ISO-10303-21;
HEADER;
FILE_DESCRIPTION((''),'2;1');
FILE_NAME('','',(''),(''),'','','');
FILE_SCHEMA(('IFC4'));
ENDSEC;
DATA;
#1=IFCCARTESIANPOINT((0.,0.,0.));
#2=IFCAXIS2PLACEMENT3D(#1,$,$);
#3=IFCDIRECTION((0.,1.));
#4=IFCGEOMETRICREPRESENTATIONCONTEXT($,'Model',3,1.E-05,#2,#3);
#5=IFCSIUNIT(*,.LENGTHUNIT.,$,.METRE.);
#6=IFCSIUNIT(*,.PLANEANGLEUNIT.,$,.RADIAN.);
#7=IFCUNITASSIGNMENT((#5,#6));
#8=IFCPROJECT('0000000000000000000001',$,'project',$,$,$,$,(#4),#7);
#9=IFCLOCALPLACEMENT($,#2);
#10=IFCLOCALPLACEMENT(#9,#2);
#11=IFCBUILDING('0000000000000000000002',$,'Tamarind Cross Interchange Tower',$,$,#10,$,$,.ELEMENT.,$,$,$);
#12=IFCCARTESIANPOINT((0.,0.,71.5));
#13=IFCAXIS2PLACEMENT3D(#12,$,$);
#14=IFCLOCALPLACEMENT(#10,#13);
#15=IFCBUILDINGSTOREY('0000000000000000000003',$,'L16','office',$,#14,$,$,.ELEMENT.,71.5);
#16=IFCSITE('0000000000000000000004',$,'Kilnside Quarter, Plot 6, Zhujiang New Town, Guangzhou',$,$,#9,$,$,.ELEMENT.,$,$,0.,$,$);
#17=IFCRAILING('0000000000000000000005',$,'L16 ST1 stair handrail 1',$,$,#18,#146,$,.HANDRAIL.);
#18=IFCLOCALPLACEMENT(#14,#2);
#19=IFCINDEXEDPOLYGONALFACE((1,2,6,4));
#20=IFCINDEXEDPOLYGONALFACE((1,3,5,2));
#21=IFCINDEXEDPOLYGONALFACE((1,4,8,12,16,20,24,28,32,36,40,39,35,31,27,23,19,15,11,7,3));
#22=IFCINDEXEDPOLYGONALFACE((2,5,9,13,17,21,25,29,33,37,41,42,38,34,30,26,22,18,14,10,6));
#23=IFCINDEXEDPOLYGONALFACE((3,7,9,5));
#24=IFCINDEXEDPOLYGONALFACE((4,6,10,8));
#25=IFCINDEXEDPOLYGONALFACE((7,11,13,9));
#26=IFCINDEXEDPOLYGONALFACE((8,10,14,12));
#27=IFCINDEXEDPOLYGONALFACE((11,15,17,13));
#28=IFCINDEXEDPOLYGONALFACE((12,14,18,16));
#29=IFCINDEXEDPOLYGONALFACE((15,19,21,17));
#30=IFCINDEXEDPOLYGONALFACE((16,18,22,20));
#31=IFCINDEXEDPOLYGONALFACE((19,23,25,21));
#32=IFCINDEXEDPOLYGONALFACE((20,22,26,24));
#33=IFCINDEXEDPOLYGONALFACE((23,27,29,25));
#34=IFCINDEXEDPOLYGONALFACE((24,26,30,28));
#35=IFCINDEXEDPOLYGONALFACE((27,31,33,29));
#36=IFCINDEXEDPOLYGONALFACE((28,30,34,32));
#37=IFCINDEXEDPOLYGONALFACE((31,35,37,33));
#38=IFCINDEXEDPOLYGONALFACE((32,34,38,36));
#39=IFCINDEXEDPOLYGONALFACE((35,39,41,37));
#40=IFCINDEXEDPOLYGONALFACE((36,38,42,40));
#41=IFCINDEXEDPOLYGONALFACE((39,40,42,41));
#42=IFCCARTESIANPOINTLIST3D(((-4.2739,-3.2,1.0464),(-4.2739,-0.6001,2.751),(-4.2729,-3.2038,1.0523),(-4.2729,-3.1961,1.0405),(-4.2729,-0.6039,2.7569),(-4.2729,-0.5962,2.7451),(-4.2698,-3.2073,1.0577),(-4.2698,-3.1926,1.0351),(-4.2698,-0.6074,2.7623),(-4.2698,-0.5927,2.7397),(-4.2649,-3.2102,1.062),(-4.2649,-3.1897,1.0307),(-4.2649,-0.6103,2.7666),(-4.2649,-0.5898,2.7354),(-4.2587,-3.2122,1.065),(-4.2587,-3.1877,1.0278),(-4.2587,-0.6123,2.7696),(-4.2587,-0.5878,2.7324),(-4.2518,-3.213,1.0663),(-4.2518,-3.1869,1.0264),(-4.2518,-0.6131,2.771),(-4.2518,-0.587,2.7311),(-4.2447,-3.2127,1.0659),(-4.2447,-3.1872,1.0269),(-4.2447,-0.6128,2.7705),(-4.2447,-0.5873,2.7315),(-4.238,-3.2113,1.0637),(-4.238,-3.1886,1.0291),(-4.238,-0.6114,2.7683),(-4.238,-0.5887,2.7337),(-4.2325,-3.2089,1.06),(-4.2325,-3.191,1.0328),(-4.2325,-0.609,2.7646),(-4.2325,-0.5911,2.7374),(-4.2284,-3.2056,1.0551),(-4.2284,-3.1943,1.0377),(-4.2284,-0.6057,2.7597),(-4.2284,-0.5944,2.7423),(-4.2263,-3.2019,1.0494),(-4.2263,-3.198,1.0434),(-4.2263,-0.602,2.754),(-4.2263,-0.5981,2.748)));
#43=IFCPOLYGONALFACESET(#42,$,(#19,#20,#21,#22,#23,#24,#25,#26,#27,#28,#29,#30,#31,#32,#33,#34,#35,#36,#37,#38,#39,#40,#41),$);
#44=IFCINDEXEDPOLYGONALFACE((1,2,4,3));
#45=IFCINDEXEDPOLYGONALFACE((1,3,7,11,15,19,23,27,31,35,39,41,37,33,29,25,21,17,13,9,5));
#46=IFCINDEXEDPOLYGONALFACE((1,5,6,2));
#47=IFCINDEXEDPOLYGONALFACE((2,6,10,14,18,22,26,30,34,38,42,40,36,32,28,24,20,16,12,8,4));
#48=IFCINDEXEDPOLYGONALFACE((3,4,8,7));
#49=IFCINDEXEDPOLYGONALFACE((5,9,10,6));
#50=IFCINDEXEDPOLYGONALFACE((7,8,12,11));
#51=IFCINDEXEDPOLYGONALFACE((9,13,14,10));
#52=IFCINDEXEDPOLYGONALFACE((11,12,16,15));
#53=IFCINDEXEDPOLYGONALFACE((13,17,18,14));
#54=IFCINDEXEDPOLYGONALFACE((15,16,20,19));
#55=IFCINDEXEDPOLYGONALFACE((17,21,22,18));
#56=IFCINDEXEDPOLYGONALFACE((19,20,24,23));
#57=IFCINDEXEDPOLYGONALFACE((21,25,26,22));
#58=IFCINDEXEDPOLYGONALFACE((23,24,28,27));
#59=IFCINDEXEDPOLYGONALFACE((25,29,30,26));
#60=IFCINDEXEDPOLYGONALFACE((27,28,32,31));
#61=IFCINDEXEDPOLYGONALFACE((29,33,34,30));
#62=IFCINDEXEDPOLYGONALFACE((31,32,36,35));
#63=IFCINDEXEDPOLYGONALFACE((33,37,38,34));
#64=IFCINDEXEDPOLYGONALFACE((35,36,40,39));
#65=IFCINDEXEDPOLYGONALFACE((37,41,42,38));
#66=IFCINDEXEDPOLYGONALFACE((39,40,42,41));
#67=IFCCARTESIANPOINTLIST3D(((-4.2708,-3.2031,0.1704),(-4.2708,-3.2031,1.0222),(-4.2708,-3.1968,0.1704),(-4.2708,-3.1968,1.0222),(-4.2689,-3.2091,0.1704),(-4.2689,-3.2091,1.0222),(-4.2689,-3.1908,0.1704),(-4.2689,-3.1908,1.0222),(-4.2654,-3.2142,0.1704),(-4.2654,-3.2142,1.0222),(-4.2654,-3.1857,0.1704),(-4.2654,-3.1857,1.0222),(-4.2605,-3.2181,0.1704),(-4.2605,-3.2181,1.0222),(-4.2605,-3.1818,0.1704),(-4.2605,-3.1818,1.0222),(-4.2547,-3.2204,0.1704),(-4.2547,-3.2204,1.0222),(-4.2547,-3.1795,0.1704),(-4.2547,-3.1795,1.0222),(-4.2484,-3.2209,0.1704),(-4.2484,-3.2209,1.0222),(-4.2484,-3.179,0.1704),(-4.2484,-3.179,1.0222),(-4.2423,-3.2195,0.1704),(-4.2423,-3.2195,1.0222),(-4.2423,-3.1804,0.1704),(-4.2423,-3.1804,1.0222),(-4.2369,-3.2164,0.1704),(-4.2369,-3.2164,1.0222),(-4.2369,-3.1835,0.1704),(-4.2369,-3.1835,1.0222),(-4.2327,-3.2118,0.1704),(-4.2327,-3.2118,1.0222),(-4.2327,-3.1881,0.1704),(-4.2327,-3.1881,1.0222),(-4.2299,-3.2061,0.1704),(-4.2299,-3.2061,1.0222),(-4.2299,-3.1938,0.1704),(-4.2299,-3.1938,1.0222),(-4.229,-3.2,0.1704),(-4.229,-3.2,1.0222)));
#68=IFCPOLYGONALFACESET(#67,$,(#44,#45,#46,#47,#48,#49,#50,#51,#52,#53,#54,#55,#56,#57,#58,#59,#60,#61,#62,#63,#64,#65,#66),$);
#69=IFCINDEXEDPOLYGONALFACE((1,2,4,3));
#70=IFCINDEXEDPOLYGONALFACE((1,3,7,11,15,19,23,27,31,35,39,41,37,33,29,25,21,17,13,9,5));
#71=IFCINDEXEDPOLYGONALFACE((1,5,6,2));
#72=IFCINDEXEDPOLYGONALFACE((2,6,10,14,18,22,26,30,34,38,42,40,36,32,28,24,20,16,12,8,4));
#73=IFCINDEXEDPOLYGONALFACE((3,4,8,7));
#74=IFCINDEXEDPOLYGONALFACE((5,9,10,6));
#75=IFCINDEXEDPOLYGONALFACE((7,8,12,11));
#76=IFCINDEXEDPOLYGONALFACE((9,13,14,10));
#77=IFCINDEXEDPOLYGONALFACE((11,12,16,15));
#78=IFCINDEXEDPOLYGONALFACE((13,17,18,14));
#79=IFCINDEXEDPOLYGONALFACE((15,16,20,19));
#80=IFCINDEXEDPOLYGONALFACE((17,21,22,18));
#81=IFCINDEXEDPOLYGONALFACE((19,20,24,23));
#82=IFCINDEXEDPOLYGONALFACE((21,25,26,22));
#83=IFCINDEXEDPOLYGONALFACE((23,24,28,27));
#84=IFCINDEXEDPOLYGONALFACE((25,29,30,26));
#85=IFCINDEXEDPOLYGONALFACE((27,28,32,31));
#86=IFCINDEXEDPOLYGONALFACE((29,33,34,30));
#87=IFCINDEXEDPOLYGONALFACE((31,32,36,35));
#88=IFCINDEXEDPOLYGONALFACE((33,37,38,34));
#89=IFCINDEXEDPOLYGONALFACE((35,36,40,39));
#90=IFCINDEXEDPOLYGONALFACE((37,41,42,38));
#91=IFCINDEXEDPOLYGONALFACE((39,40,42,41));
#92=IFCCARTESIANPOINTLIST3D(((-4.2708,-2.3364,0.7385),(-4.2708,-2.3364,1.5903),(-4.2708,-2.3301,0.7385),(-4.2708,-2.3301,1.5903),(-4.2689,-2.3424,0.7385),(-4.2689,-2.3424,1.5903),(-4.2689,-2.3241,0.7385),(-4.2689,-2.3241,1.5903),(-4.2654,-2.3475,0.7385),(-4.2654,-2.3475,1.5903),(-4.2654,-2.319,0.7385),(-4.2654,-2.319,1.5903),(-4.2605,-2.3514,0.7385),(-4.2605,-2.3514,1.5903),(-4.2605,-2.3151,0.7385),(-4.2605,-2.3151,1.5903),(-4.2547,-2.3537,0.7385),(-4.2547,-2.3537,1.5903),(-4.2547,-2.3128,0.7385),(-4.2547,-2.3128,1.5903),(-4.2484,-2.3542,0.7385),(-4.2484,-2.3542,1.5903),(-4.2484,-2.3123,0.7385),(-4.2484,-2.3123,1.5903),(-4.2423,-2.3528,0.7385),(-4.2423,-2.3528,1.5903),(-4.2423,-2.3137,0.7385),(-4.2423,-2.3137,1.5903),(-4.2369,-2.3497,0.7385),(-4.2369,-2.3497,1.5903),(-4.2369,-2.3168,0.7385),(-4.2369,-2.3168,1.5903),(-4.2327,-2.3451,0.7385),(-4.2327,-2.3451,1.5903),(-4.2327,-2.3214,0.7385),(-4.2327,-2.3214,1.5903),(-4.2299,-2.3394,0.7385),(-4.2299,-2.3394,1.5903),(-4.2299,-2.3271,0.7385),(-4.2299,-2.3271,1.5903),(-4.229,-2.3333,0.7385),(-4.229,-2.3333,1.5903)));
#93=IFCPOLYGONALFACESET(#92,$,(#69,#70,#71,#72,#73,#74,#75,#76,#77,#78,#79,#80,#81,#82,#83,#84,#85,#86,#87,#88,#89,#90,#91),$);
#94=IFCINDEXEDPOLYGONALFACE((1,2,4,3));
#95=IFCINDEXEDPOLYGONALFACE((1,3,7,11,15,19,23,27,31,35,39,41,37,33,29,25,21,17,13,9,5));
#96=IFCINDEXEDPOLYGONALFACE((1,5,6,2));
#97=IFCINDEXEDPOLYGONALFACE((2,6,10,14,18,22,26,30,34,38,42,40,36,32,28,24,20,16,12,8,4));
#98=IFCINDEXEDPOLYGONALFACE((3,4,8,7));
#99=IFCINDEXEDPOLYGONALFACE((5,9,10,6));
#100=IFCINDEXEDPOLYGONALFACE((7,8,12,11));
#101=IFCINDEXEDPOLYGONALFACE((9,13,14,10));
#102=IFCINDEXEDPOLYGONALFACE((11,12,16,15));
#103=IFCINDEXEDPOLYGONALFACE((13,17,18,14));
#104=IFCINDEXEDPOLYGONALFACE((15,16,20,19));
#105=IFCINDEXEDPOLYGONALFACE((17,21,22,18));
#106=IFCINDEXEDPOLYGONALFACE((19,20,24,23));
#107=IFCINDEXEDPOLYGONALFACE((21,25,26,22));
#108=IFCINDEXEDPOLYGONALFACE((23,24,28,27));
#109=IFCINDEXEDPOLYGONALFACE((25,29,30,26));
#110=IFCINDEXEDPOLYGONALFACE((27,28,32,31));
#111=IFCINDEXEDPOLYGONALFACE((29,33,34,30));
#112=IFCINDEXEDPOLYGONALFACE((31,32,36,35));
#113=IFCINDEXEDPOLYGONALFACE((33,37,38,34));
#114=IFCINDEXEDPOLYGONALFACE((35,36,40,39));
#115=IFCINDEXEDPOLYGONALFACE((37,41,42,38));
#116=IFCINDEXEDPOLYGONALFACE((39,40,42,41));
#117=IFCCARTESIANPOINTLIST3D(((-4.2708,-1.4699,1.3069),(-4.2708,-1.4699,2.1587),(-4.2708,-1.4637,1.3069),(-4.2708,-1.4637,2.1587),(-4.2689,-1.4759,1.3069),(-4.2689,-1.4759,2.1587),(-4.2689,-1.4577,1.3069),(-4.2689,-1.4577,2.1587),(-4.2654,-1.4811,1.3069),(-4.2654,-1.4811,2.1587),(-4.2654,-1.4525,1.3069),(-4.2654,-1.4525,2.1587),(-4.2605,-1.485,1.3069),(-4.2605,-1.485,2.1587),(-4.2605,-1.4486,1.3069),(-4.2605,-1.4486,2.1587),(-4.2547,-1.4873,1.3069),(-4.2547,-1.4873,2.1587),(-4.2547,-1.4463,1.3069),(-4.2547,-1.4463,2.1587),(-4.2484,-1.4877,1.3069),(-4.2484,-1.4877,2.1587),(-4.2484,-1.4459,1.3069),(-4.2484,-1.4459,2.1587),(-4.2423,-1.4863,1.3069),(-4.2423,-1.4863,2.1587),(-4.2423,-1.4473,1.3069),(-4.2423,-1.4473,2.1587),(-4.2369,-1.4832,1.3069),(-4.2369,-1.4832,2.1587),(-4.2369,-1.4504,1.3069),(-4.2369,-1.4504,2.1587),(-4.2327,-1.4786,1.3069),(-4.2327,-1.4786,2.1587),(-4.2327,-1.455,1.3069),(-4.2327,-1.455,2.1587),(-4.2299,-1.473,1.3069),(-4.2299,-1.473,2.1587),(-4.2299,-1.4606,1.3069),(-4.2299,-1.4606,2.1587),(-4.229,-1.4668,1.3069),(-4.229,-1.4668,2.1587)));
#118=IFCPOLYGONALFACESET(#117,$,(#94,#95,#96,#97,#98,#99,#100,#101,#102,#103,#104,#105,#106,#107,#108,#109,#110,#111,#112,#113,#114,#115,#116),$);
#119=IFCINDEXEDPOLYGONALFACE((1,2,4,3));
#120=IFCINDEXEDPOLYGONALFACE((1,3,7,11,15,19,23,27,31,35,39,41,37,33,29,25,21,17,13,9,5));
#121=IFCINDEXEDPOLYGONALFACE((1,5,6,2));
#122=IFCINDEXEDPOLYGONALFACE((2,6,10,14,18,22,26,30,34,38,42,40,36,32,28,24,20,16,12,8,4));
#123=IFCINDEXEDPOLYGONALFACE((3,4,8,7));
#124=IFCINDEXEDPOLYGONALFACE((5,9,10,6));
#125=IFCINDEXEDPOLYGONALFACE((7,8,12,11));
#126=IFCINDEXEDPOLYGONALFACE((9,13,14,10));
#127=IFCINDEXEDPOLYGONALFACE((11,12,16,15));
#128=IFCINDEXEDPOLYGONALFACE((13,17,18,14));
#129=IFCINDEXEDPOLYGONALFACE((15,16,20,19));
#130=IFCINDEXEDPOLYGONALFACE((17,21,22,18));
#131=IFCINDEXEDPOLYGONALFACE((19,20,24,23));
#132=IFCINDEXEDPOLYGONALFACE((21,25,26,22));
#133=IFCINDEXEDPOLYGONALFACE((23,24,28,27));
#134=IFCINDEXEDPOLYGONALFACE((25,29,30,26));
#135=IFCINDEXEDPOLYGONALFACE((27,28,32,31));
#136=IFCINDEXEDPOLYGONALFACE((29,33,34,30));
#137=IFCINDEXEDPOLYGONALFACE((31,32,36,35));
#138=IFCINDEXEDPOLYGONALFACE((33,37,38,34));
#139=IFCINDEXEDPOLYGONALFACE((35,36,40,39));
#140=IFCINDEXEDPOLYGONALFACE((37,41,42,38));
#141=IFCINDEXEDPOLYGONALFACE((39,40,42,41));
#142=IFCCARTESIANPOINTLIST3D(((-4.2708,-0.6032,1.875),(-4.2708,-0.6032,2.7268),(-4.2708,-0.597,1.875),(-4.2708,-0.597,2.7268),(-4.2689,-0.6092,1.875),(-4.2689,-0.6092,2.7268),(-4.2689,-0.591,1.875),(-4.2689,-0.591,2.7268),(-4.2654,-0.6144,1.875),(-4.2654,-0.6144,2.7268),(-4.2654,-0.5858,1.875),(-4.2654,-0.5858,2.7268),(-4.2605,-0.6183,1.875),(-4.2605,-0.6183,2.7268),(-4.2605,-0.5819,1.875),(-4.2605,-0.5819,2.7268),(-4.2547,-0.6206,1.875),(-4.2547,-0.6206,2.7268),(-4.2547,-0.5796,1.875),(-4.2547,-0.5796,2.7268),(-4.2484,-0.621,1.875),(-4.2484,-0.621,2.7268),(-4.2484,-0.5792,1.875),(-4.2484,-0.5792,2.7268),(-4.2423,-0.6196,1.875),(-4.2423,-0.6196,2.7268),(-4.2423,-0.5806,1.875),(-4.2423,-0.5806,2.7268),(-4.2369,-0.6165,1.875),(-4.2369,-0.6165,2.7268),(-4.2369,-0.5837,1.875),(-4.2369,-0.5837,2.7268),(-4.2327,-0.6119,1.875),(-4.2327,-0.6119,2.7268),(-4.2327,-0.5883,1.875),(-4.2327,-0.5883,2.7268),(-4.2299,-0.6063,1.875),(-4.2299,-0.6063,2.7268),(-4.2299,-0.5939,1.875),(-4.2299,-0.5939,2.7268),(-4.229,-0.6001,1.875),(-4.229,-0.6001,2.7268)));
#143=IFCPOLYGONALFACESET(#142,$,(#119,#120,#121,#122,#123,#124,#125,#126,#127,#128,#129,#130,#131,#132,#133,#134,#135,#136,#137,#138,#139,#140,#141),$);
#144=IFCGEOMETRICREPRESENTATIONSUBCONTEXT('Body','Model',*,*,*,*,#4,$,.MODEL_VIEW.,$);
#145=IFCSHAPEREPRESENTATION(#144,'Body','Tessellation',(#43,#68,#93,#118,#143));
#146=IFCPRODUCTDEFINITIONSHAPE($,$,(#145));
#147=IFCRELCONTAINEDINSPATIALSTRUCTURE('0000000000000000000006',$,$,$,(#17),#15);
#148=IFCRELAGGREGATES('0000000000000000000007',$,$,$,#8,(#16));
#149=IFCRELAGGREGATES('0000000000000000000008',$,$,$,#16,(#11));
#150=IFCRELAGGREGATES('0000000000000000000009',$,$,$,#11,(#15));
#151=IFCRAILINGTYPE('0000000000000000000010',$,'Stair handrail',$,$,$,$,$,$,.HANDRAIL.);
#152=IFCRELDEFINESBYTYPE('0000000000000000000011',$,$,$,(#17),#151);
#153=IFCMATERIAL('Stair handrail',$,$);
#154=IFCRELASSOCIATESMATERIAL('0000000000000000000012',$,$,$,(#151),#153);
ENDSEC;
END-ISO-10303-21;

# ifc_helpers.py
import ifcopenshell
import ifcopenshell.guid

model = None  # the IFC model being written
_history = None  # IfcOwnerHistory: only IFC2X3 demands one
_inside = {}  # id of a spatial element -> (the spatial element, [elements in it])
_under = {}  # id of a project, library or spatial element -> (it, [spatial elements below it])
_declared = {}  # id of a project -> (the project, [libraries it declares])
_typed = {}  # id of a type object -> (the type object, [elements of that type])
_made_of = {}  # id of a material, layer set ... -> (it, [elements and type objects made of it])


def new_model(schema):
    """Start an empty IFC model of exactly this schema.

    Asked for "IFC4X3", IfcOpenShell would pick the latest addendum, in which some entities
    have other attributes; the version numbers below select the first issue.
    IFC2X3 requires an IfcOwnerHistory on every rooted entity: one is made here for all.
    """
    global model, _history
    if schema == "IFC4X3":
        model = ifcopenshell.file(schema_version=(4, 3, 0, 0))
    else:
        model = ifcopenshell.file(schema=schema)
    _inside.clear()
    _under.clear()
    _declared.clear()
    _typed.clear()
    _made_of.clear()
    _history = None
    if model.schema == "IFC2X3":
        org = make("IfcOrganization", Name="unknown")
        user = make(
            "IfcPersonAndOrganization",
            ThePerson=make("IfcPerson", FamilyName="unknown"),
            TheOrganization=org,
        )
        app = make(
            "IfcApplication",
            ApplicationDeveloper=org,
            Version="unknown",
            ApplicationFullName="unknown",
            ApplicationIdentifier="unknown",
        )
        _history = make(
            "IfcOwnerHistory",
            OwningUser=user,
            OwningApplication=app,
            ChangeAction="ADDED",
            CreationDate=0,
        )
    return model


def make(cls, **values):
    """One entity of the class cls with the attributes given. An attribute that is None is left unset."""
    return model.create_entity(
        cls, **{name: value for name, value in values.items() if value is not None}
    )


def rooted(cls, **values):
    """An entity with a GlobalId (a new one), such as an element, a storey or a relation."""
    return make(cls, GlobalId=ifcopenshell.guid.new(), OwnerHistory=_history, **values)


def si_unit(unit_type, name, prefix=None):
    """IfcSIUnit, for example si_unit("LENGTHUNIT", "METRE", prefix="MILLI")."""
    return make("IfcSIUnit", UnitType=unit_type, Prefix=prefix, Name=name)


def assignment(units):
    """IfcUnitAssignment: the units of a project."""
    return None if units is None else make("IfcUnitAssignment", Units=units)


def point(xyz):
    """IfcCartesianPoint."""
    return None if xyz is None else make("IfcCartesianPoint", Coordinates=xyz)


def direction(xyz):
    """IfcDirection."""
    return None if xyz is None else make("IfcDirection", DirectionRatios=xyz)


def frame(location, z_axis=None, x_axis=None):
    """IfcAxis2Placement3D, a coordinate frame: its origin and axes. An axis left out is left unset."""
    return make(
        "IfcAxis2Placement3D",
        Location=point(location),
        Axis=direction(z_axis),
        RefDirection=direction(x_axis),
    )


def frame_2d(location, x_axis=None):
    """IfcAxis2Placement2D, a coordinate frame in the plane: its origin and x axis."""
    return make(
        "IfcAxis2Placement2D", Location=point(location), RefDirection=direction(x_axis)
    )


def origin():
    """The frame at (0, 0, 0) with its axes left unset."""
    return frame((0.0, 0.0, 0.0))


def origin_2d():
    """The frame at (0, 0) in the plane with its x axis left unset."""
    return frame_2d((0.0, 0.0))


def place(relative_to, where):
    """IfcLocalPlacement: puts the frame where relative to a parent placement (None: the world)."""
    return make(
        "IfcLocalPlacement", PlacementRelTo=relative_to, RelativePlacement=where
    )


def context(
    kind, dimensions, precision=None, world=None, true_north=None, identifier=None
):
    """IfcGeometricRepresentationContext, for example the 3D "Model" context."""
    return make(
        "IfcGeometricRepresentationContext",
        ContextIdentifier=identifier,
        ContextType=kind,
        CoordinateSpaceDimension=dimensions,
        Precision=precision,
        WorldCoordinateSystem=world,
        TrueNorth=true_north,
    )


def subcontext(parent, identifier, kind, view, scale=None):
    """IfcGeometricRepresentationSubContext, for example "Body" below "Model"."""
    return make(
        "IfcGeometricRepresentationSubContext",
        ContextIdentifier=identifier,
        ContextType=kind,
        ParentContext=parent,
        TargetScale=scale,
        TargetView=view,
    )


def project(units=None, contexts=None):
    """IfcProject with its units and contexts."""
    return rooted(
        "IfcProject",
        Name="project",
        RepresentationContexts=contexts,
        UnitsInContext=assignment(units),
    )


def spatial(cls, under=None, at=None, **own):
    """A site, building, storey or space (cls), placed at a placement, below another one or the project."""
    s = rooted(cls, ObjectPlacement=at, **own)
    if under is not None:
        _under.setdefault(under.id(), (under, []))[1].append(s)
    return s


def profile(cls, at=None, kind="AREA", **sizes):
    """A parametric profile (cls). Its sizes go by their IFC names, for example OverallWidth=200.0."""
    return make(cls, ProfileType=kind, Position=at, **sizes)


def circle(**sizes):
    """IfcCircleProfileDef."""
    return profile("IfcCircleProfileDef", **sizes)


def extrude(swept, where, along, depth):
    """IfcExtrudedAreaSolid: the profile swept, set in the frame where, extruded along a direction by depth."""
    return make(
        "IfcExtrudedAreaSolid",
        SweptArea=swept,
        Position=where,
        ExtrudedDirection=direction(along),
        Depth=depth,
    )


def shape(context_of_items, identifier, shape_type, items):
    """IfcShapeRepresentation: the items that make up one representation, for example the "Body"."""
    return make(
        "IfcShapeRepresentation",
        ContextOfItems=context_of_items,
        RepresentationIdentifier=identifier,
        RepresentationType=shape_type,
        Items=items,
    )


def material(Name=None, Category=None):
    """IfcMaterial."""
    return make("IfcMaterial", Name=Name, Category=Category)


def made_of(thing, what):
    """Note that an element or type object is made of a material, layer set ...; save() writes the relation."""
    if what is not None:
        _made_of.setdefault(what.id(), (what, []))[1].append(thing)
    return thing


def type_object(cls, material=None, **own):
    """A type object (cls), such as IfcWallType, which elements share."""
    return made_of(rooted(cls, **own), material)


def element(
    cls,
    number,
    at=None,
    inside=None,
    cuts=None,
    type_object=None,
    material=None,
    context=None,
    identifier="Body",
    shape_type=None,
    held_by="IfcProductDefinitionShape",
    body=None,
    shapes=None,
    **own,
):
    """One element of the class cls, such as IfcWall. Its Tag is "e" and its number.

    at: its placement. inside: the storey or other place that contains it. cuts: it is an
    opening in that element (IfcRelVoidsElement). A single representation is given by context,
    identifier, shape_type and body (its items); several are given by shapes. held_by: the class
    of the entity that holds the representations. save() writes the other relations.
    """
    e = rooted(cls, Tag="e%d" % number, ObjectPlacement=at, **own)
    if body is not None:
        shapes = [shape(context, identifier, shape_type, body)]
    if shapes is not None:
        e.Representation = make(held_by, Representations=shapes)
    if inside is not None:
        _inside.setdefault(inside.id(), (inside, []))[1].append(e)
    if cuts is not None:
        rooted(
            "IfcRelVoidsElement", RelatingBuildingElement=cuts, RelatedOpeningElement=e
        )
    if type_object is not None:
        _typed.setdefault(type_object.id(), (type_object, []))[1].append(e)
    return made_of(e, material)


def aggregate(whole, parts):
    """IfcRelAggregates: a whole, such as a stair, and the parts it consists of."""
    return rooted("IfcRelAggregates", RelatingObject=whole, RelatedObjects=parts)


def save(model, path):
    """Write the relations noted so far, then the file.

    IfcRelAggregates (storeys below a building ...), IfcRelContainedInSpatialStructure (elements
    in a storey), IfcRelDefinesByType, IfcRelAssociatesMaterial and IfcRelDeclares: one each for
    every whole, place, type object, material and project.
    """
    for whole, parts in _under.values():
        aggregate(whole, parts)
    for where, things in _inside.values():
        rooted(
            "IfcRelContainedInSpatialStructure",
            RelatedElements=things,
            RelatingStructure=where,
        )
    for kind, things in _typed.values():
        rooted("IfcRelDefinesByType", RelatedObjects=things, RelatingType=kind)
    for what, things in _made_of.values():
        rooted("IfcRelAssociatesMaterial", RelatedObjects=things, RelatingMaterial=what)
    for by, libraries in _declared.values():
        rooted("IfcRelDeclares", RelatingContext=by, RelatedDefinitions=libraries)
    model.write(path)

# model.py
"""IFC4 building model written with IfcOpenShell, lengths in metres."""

from ifc_helpers import new_model, si_unit, direction, frame, origin, origin_2d, place, context, subcontext, project, spatial, circle, extrude, material, type_object, element, save


model = new_model("IFC4")

# Units and contexts
model_context = context("Model", 3, precision=1e-05, world=origin(), true_north=direction((0.0, 1.0)))
body_context = subcontext(model_context, "Body", "Model", "MODEL_VIEW")
ifc_project = project(units=[si_unit("LENGTHUNIT", "METRE"), si_unit("PLANEANGLEUNIT", "RADIAN")], contexts=[model_context])

# Site, building, storey
site_placement = place(None, origin())
site = spatial("IfcSite", under=ifc_project, at=site_placement, Name="Kilnside Quarter, Plot 6, Zhujiang New Town, Guangzhou", CompositionType="ELEMENT", RefElevation=0.0)
building_placement = place(site_placement, origin())
building = spatial("IfcBuilding", under=site, at=building_placement, Name="Tamarind Cross Interchange Tower", CompositionType="ELEMENT")
storey_placement = place(building_placement, frame((0.0, 0.0, 71.5)))
storey = spatial("IfcBuildingStorey", under=building, at=storey_placement, Name="L16", Description="office", CompositionType="ELEMENT", Elevation=71.5)

# Railing
ifc_material_1 = material(Name="Stair handrail")
railing_type_1 = type_object("IfcRailingType", Name="Stair handrail", PredefinedType="HANDRAIL", material=ifc_material_1)
railing_1_placement = place(storey_placement, frame((-4.25, -3.2, 0.1704)))
element("IfcRailing", 1, at=railing_1_placement, inside=storey, type_object=railing_type_1, Name="L16 ST1 stair handrail 1", PredefinedType="HANDRAIL", context=body_context, shape_type="SweptSolid", body=[
    extrude(circle(Radius=0.0239, at=origin_2d()), frame((0.0, 0.0, 0.876), z_axis=(0.0, 0.836279, 0.548305), x_axis=(-1.0, 0.0, 0.0)), (0.0, 0.0, 1.0), 3.1089),
    extrude(circle(Radius=0.021, at=origin_2d()), origin(), (0.0, 0.0, 1.0), 0.8518),
    extrude(circle(Radius=0.021, at=origin_2d()), frame((0.0, 0.8667, 0.5681)), (0.0, 0.0, 1.0), 0.8518),
    extrude(circle(Radius=0.021, at=origin_2d()), frame((0.0, 1.7332, 1.1365)), (0.0, 0.0, 1.0), 0.8518),
    extrude(circle(Radius=0.021, at=origin_2d()), frame((0.0, 2.5999, 1.7046)), (0.0, 0.0, 1.0), 0.8518),
])

save(model, "model.ifc")
